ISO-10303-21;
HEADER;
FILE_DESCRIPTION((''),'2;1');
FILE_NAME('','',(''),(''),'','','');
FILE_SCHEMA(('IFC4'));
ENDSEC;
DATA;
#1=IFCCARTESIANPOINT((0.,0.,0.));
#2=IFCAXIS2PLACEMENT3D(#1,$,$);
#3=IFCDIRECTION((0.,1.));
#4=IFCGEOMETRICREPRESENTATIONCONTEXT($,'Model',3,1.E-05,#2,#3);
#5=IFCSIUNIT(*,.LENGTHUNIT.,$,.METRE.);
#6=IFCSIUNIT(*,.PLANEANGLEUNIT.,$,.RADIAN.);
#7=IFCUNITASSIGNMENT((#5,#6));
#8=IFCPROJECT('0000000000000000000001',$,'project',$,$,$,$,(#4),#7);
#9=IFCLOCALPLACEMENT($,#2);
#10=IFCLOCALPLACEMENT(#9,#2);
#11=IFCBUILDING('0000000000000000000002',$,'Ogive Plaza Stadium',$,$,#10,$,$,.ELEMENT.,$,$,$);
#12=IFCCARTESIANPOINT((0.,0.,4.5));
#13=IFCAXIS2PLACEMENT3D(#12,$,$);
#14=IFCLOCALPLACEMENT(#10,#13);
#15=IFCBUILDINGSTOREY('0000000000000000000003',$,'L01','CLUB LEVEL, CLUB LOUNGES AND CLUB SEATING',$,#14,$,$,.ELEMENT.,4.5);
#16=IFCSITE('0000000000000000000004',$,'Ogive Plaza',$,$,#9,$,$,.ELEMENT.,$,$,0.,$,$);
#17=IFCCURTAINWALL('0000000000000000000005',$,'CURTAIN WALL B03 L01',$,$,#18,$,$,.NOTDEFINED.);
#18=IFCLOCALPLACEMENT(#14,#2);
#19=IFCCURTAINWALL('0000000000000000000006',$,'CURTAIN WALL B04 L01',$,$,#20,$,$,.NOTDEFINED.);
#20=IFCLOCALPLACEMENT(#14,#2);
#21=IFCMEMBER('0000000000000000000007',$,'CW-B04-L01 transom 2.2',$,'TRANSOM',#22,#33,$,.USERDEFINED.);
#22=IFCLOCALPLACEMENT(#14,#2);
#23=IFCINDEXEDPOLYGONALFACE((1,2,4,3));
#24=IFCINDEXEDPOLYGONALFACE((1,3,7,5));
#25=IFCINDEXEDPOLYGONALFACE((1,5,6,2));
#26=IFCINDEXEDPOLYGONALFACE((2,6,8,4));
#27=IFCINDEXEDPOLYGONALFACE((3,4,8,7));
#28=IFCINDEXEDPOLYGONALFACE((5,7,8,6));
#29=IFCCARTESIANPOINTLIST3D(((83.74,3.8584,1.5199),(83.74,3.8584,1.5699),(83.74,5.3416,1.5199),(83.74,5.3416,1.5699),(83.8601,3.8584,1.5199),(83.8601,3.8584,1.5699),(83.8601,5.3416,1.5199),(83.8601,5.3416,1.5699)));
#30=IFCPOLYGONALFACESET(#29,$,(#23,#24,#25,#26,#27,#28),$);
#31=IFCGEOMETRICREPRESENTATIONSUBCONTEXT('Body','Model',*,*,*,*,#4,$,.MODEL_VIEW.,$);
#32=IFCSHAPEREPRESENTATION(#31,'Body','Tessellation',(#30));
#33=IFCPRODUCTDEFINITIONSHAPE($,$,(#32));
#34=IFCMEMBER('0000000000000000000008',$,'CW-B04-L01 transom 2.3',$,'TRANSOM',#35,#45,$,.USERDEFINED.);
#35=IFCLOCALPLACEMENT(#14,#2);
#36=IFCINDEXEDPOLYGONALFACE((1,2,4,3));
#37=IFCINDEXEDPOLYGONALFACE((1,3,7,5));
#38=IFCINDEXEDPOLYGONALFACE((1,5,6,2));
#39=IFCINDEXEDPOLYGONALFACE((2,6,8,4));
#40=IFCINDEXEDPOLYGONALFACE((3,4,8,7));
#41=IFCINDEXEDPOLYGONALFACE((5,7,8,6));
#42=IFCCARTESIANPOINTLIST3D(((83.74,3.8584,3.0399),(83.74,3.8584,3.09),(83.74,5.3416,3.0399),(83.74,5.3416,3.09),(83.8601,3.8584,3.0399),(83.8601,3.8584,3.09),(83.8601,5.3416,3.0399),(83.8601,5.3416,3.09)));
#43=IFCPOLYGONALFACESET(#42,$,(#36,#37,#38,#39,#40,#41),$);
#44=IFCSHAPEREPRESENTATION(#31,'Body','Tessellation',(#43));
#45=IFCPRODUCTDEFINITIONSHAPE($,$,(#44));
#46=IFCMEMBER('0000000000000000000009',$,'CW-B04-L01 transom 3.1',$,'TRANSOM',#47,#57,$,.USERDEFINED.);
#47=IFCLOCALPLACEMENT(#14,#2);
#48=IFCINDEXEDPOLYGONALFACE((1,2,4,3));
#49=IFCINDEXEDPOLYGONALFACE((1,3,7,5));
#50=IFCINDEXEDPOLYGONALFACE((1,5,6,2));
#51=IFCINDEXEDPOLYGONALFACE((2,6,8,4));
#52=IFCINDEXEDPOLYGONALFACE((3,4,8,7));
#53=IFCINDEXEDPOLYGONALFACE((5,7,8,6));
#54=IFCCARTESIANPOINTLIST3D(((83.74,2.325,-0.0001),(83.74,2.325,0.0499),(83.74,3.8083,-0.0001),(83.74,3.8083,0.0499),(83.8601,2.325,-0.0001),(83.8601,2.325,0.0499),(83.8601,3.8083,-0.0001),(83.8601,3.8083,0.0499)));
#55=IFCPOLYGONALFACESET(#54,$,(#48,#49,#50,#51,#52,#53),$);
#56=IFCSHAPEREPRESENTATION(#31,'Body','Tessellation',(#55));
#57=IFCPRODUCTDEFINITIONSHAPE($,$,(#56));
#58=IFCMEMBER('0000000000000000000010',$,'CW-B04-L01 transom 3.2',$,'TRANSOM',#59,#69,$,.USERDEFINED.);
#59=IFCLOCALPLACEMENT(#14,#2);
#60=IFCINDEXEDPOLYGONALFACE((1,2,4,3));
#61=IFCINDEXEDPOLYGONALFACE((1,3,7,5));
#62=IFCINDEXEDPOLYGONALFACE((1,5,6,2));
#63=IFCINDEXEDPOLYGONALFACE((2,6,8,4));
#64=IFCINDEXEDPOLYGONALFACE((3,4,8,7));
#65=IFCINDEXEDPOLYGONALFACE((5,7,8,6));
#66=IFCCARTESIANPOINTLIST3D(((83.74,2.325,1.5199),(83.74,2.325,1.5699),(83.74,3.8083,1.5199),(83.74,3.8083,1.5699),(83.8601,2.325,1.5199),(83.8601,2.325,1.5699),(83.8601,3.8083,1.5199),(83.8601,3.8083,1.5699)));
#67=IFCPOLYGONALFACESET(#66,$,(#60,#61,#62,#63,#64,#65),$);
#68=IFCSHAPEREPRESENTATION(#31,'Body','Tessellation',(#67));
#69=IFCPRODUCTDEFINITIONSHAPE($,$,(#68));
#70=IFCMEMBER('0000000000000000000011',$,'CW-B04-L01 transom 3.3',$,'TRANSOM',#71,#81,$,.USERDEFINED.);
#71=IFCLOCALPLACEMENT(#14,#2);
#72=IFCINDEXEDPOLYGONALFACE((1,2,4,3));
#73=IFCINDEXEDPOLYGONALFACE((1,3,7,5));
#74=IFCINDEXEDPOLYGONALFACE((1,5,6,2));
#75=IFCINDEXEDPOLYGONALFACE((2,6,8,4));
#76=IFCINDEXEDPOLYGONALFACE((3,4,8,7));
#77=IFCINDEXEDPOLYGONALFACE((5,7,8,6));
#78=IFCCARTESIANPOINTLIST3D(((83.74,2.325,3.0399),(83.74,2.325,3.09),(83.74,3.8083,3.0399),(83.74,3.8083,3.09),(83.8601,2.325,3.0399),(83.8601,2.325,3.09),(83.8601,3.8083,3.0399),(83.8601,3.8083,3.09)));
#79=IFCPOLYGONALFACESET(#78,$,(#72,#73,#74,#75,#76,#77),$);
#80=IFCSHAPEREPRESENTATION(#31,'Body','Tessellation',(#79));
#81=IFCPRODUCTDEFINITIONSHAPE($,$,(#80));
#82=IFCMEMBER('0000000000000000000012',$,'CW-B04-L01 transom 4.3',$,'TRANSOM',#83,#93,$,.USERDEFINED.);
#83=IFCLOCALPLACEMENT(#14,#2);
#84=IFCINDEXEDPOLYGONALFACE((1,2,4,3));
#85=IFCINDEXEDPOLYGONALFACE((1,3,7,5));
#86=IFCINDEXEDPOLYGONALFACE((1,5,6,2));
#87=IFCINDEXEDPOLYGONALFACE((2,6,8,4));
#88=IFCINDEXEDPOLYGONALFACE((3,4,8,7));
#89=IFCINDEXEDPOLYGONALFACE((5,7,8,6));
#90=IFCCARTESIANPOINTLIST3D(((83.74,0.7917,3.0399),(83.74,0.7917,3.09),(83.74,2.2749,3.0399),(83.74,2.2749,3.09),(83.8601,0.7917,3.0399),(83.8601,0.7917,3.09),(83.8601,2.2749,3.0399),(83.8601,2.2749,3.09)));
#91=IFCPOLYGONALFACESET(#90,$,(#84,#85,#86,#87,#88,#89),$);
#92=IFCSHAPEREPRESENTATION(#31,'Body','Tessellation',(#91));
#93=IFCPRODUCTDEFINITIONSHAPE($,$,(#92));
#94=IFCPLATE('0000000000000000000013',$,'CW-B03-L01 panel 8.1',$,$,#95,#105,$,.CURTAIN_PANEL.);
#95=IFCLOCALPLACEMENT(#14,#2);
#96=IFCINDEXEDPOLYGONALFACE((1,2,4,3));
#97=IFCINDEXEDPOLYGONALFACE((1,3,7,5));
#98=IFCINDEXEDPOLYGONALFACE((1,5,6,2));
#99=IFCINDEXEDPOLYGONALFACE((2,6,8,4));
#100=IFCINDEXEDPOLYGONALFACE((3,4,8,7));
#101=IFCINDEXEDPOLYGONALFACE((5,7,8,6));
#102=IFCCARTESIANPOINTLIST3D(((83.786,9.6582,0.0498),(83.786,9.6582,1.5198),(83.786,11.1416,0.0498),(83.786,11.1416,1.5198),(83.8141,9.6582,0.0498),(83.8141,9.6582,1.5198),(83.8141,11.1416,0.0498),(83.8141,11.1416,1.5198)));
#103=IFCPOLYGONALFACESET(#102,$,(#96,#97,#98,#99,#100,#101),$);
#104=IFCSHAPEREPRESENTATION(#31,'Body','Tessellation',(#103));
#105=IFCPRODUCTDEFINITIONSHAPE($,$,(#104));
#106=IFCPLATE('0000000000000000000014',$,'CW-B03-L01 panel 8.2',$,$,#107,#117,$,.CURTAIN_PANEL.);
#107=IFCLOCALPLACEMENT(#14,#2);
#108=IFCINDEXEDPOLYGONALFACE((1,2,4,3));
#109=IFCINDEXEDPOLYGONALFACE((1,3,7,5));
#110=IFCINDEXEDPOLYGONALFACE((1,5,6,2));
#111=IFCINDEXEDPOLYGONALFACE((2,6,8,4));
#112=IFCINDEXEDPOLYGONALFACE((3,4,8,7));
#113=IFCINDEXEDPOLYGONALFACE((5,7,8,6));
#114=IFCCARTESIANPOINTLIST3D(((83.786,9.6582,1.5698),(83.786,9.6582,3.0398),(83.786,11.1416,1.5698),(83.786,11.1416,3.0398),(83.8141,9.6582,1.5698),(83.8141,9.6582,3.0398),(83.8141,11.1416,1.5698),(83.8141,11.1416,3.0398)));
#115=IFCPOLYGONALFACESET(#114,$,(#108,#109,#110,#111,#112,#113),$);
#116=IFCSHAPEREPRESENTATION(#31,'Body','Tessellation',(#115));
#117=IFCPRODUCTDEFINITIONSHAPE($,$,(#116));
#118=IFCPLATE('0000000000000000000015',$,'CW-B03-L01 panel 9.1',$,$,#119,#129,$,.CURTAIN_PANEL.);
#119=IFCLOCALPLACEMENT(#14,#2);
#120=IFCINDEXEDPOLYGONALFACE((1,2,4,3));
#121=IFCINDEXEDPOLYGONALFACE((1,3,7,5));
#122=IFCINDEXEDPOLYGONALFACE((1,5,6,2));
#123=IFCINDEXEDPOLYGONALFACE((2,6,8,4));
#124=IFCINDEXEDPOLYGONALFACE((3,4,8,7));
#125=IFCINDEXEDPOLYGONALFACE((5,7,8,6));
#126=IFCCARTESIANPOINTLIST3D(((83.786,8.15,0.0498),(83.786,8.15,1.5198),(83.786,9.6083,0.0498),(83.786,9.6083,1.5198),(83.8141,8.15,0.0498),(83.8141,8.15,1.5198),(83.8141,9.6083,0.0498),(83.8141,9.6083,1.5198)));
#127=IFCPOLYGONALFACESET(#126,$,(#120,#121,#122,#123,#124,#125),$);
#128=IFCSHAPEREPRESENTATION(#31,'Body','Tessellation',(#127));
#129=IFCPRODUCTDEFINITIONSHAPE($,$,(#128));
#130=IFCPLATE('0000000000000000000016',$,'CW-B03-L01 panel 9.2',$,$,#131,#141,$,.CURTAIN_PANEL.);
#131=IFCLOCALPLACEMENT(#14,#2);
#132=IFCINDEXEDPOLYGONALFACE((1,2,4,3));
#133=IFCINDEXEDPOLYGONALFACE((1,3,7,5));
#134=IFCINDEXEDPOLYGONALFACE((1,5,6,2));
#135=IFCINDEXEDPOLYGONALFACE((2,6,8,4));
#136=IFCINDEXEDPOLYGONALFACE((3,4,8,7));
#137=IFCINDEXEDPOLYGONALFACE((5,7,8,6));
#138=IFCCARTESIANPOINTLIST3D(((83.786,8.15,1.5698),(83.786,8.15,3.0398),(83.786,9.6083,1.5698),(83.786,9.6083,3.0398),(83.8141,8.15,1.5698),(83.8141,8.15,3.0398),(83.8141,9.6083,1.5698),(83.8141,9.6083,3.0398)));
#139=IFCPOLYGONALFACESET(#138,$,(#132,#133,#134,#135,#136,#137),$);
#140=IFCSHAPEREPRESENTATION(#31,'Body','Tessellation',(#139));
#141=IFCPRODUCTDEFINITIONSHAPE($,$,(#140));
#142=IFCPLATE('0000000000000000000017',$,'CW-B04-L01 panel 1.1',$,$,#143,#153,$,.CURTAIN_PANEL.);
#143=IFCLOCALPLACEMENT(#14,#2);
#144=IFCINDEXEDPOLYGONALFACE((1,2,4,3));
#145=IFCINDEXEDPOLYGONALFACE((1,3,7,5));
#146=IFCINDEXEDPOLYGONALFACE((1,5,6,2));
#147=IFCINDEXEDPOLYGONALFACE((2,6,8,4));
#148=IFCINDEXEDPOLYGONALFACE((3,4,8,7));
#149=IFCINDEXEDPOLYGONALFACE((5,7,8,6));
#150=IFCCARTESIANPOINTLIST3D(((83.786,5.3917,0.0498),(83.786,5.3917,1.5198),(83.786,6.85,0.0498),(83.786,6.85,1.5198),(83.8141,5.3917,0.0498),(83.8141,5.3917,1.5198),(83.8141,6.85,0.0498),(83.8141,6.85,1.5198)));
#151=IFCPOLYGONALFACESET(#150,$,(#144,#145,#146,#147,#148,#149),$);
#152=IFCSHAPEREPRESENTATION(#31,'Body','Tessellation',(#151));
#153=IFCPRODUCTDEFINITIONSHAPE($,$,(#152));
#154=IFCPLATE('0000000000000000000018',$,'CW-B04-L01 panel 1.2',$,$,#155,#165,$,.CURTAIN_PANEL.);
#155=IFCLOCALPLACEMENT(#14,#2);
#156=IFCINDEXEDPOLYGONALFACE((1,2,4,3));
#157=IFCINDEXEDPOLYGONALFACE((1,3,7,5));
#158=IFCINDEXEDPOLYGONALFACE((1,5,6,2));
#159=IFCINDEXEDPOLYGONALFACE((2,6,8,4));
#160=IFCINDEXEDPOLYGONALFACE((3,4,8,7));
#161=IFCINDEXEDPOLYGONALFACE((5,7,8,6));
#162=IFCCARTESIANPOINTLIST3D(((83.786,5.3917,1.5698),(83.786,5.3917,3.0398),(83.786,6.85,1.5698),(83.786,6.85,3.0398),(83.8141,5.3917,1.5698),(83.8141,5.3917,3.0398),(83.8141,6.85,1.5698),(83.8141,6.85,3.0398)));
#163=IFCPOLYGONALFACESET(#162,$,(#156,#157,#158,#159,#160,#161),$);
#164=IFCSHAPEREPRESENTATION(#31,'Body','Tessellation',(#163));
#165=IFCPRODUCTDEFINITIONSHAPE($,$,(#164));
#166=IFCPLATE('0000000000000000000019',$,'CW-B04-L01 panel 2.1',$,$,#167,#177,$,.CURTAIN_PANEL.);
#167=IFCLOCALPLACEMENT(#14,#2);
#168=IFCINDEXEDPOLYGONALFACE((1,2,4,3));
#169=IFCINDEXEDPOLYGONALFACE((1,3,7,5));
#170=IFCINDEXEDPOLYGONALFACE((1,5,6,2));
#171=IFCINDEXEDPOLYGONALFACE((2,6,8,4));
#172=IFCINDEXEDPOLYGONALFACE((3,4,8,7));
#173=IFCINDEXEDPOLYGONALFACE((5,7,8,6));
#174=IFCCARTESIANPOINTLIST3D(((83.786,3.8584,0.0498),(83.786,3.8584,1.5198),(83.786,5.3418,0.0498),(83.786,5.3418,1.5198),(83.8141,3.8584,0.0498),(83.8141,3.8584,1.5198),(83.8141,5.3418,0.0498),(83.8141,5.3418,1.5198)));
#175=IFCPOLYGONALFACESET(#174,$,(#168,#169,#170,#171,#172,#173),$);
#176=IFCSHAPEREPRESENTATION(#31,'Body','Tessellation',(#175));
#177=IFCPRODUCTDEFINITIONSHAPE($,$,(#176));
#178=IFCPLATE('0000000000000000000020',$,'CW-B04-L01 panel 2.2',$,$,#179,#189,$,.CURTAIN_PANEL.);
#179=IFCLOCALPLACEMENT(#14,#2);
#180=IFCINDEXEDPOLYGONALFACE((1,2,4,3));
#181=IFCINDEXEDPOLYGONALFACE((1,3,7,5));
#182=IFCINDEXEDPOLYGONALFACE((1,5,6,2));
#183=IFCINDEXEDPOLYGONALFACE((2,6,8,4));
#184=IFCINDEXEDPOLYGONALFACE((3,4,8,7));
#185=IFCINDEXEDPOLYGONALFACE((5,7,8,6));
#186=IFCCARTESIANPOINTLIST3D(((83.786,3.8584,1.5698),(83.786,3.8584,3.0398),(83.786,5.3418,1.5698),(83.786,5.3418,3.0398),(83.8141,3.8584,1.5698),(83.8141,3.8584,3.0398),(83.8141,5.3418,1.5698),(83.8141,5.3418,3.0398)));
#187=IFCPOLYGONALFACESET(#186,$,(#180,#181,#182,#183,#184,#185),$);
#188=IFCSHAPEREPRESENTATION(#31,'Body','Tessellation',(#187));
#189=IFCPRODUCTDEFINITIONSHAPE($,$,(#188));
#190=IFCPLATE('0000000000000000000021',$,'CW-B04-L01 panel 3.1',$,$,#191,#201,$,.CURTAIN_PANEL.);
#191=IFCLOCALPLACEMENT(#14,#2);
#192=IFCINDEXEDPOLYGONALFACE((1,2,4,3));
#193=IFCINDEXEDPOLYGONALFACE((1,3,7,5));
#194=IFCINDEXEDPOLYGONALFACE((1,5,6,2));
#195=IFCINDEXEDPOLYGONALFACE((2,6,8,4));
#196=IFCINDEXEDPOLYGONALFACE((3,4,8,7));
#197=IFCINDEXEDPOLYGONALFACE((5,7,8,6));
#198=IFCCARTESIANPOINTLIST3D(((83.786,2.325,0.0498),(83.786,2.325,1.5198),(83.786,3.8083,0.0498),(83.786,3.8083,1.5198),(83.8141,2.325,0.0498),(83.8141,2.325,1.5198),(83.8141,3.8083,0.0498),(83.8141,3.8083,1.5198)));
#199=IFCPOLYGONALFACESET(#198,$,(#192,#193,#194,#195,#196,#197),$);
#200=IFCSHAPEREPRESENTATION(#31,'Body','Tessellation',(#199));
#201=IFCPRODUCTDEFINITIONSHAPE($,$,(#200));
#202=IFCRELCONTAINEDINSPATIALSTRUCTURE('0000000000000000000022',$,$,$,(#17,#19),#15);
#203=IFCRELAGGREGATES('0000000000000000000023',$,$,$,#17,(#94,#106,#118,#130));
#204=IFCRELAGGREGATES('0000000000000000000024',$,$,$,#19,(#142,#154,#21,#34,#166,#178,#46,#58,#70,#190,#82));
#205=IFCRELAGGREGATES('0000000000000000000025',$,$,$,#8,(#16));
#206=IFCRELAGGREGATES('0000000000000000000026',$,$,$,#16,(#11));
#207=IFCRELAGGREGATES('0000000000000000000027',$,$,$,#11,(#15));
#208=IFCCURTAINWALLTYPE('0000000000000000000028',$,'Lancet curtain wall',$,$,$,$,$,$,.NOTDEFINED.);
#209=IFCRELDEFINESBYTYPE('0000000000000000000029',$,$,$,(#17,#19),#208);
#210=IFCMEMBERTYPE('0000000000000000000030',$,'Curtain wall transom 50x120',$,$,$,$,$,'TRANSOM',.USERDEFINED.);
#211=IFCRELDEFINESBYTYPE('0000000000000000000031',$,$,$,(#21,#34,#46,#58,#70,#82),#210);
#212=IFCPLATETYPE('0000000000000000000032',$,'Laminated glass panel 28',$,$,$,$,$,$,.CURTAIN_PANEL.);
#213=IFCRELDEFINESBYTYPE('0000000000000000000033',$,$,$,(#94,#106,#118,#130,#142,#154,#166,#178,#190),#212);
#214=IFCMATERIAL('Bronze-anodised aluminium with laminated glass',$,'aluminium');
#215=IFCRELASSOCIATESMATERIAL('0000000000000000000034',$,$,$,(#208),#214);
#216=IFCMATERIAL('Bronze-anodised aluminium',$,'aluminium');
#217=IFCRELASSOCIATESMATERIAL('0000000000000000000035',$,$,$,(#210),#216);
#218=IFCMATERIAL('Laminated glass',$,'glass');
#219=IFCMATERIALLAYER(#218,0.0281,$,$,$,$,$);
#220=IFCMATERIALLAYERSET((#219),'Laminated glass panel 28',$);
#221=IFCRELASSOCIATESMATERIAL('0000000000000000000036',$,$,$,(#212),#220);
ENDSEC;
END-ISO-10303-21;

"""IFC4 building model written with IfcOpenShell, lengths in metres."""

from ifc_helpers import new_model, si_unit, direction, frame, origin, origin_2d, place, context, subcontext, project, spatial, rectangle, extrude, material, layer, layer_set, material_profile, profile_set, type_object, element, aggregate, save


model = new_model("IFC4")

# Units and contexts
model_context = context("Model", 3, precision=1e-05, world=origin(), true_north=direction((0.0, 1.0)))
body_context = subcontext(model_context, "Body", "Model", "MODEL_VIEW")
ifc_project = project(units=[si_unit("LENGTHUNIT", "METRE"), si_unit("PLANEANGLEUNIT", "RADIAN")], contexts=[model_context])

# Site, building, storey
site_placement = place(None, origin())
site = spatial("IfcSite", under=ifc_project, at=site_placement, Name="Ogive Plaza", CompositionType="ELEMENT", RefElevation=0.0)
building_placement = place(site_placement, origin())
building = spatial("IfcBuilding", under=site, at=building_placement, Name="Ogive Plaza Stadium", CompositionType="ELEMENT")
storey_placement = place(building_placement, frame((0.0, 0.0, 4.5)))
storey = spatial("IfcBuildingStorey", under=building, at=storey_placement, Name="L01", Description="CLUB LEVEL, CLUB LOUNGES AND CLUB SEATING", CompositionType="ELEMENT", Elevation=4.5)

# Curtain walls
ifc_material_1 = material(Name="Bronze-anodised aluminium with laminated glass", Category="aluminium")
curtain_wall_type = type_object("IfcCurtainWallType", Name="Lancet curtain wall", PredefinedType="NOTDEFINED", material=ifc_material_1)
curtain_wall_1_placement = place(storey_placement, origin())
curtain_wall_1 = element("IfcCurtainWall", 1, at=curtain_wall_1_placement, inside=storey, type_object=curtain_wall_type, Name="CURTAIN WALL B03 L01", PredefinedType="NOTDEFINED")
curtain_wall_2_placement = place(storey_placement, origin())
curtain_wall_2 = element("IfcCurtainWall", 2, at=curtain_wall_2_placement, inside=storey, type_object=curtain_wall_type, Name="CURTAIN WALL B04 L01", PredefinedType="NOTDEFINED")

# Members
ifc_material_2 = material(Name="Bronze-anodised aluminium", Category="aluminium")
ifc_material_profile_1 = material_profile(ifc_material_2, rectangle(XDim=0.1201, YDim=0.05, at=origin_2d()), Name="AL 120x50")
ifc_profile_set_1 = profile_set([ifc_material_profile_1], Name="Bronze-anodised aluminium")
member_type_1 = type_object("IfcMemberType", Name="Curtain wall transom 50x120", ElementType="TRANSOM", PredefinedType="USERDEFINED", material=ifc_profile_set_1)
member_1_placement = place(storey_placement, frame((83.8, 5.3416, 1.5449), z_axis=(0.0, -1.0, 0.0), x_axis=(1.0, 0.0, 0.0)))
member_1 = element("IfcMember", 3, at=member_1_placement, type_object=member_type_1, Name="CW-B04-L01 transom 2.2", ObjectType="TRANSOM", PredefinedType="USERDEFINED", context=body_context, shape_type="SweptSolid", body=[
    extrude(rectangle(XDim=0.1201, YDim=0.05, at=origin_2d()), origin(), (0.0, 0.0, 1.0), 1.4832),
])
member_2_placement = place(storey_placement, frame((83.8, 5.3416, 3.0649), z_axis=(0.0, -1.0, 0.0), x_axis=(1.0, 0.0, 0.0)))
member_2 = element("IfcMember", 4, at=member_2_placement, type_object=member_type_1, Name="CW-B04-L01 transom 2.3", ObjectType="TRANSOM", PredefinedType="USERDEFINED", context=body_context, shape_type="SweptSolid", body=[
    extrude(rectangle(XDim=0.1201, YDim=0.05, at=origin_2d()), origin(), (0.0, 0.0, 1.0), 1.4832),
])
member_3_placement = place(storey_placement, frame((83.8, 3.8083, 0.0249), z_axis=(0.0, -1.0, 0.0), x_axis=(1.0, 0.0, 0.0)))
member_3 = element("IfcMember", 5, at=member_3_placement, type_object=member_type_1, Name="CW-B04-L01 transom 3.1", ObjectType="TRANSOM", PredefinedType="USERDEFINED", context=body_context, shape_type="SweptSolid", body=[
    extrude(rectangle(XDim=0.1201, YDim=0.05, at=origin_2d()), origin(), (0.0, 0.0, 1.0), 1.4834),
])
member_4_placement = place(storey_placement, frame((83.8, 3.8083, 1.5449), z_axis=(0.0, -1.0, 0.0), x_axis=(1.0, 0.0, 0.0)))
member_4 = element("IfcMember", 6, at=member_4_placement, type_object=member_type_1, Name="CW-B04-L01 transom 3.2", ObjectType="TRANSOM", PredefinedType="USERDEFINED", context=body_context, shape_type="SweptSolid", body=[
    extrude(rectangle(XDim=0.1201, YDim=0.05, at=origin_2d()), origin(), (0.0, 0.0, 1.0), 1.4834),
])
member_5_placement = place(storey_placement, frame((83.8, 3.8083, 3.0649), z_axis=(0.0, -1.0, 0.0), x_axis=(1.0, 0.0, 0.0)))
member_5 = element("IfcMember", 7, at=member_5_placement, type_object=member_type_1, Name="CW-B04-L01 transom 3.3", ObjectType="TRANSOM", PredefinedType="USERDEFINED", context=body_context, shape_type="SweptSolid", body=[
    extrude(rectangle(XDim=0.1201, YDim=0.05, at=origin_2d()), origin(), (0.0, 0.0, 1.0), 1.4834),
])
member_6_placement = place(storey_placement, frame((83.8, 2.2749, 3.0649), z_axis=(0.0, -1.0, 0.0), x_axis=(1.0, 0.0, 0.0)))
member_6 = element("IfcMember", 8, at=member_6_placement, type_object=member_type_1, Name="CW-B04-L01 transom 4.3", ObjectType="TRANSOM", PredefinedType="USERDEFINED", context=body_context, shape_type="SweptSolid", body=[
    extrude(rectangle(XDim=0.1201, YDim=0.05, at=origin_2d()), origin(), (0.0, 0.0, 1.0), 1.4832),
])

# Plates
ifc_material_3 = material(Name="Laminated glass", Category="glass")
ifc_layer = layer(ifc_material_3, 0.0281)
ifc_layer_set = layer_set([ifc_layer], Name="Laminated glass panel 28")
plate_type = type_object("IfcPlateType", Name="Laminated glass panel 28", PredefinedType="CURTAIN_PANEL", material=ifc_layer_set)
plate_1_placement = place(storey_placement, frame((83.8, 10.3999, 0.0498), z_axis=(0.0, 0.0, 1.0), x_axis=(0.0, -1.0, 0.0)))
plate_1 = element("IfcPlate", 9, at=plate_1_placement, type_object=plate_type, Name="CW-B03-L01 panel 8.1", PredefinedType="CURTAIN_PANEL", context=body_context, shape_type="SweptSolid", body=[
    extrude(rectangle(XDim=1.4834, YDim=0.0281, at=origin_2d()), origin(), (0.0, 0.0, 1.0), 1.47),
])
plate_2_placement = place(storey_placement, frame((83.8, 10.3999, 1.5698), z_axis=(0.0, 0.0, 1.0), x_axis=(0.0, -1.0, 0.0)))
plate_2 = element("IfcPlate", 10, at=plate_2_placement, type_object=plate_type, Name="CW-B03-L01 panel 8.2", PredefinedType="CURTAIN_PANEL", context=body_context, shape_type="SweptSolid", body=[
    extrude(rectangle(XDim=1.4834, YDim=0.0281, at=origin_2d()), origin(), (0.0, 0.0, 1.0), 1.47),
])
plate_3_placement = place(storey_placement, frame((83.8, 8.8792, 0.0498), z_axis=(0.0, 0.0, 1.0), x_axis=(0.0, -1.0, 0.0)))
plate_3 = element("IfcPlate", 11, at=plate_3_placement, type_object=plate_type, Name="CW-B03-L01 panel 9.1", PredefinedType="CURTAIN_PANEL", context=body_context, shape_type="SweptSolid", body=[
    extrude(rectangle(XDim=1.4583, YDim=0.0281, at=origin_2d()), origin(), (0.0, 0.0, 1.0), 1.47),
])
plate_4_placement = place(storey_placement, frame((83.8, 8.8792, 1.5698), z_axis=(0.0, 0.0, 1.0), x_axis=(0.0, -1.0, 0.0)))
plate_4 = element("IfcPlate", 12, at=plate_4_placement, type_object=plate_type, Name="CW-B03-L01 panel 9.2", PredefinedType="CURTAIN_PANEL", context=body_context, shape_type="SweptSolid", body=[
    extrude(rectangle(XDim=1.4583, YDim=0.0281, at=origin_2d()), origin(), (0.0, 0.0, 1.0), 1.47),
])
aggregate(curtain_wall_1, [plate_1, plate_2, plate_3, plate_4])
plate_5_placement = place(storey_placement, frame((83.8, 6.1208, 0.0498), z_axis=(0.0, 0.0, 1.0), x_axis=(0.0, -1.0, 0.0)))
plate_5 = element("IfcPlate", 13, at=plate_5_placement, type_object=plate_type, Name="CW-B04-L01 panel 1.1", PredefinedType="CURTAIN_PANEL", context=body_context, shape_type="SweptSolid", body=[
    extrude(rectangle(XDim=1.4583, YDim=0.0281, at=origin_2d()), origin(), (0.0, 0.0, 1.0), 1.47),
])
plate_6_placement = place(storey_placement, frame((83.8, 6.1208, 1.5698), z_axis=(0.0, 0.0, 1.0), x_axis=(0.0, -1.0, 0.0)))
plate_6 = element("IfcPlate", 14, at=plate_6_placement, type_object=plate_type, Name="CW-B04-L01 panel 1.2", PredefinedType="CURTAIN_PANEL", context=body_context, shape_type="SweptSolid", body=[
    extrude(rectangle(XDim=1.4583, YDim=0.0281, at=origin_2d()), origin(), (0.0, 0.0, 1.0), 1.47),
])
plate_7_placement = place(storey_placement, frame((83.8, 4.6001, 0.0498), z_axis=(0.0, 0.0, 1.0), x_axis=(0.0, -1.0, 0.0)))
plate_7 = element("IfcPlate", 15, at=plate_7_placement, type_object=plate_type, Name="CW-B04-L01 panel 2.1", PredefinedType="CURTAIN_PANEL", context=body_context, shape_type="SweptSolid", body=[
    extrude(rectangle(XDim=1.4834, YDim=0.0281, at=origin_2d()), origin(), (0.0, 0.0, 1.0), 1.47),
])
plate_8_placement = place(storey_placement, frame((83.8, 4.6001, 1.5698), z_axis=(0.0, 0.0, 1.0), x_axis=(0.0, -1.0, 0.0)))
plate_8 = element("IfcPlate", 16, at=plate_8_placement, type_object=plate_type, Name="CW-B04-L01 panel 2.2", PredefinedType="CURTAIN_PANEL", context=body_context, shape_type="SweptSolid", body=[
    extrude(rectangle(XDim=1.4834, YDim=0.0281, at=origin_2d()), origin(), (0.0, 0.0, 1.0), 1.47),
])
plate_9_placement = place(storey_placement, frame((83.8, 3.0667, 0.0498), z_axis=(0.0, 0.0, 1.0), x_axis=(0.0, -1.0, 0.0)))
plate_9 = element("IfcPlate", 17, at=plate_9_placement, type_object=plate_type, Name="CW-B04-L01 panel 3.1", PredefinedType="CURTAIN_PANEL", context=body_context, shape_type="SweptSolid", body=[
    extrude(rectangle(XDim=1.4834, YDim=0.0281, at=origin_2d()), origin(), (0.0, 0.0, 1.0), 1.47),
])
aggregate(curtain_wall_2, [plate_5, plate_6, member_1, member_2, plate_7, plate_8, member_3, member_4, member_5, plate_9, member_6])

save(model, "model.ifc")
